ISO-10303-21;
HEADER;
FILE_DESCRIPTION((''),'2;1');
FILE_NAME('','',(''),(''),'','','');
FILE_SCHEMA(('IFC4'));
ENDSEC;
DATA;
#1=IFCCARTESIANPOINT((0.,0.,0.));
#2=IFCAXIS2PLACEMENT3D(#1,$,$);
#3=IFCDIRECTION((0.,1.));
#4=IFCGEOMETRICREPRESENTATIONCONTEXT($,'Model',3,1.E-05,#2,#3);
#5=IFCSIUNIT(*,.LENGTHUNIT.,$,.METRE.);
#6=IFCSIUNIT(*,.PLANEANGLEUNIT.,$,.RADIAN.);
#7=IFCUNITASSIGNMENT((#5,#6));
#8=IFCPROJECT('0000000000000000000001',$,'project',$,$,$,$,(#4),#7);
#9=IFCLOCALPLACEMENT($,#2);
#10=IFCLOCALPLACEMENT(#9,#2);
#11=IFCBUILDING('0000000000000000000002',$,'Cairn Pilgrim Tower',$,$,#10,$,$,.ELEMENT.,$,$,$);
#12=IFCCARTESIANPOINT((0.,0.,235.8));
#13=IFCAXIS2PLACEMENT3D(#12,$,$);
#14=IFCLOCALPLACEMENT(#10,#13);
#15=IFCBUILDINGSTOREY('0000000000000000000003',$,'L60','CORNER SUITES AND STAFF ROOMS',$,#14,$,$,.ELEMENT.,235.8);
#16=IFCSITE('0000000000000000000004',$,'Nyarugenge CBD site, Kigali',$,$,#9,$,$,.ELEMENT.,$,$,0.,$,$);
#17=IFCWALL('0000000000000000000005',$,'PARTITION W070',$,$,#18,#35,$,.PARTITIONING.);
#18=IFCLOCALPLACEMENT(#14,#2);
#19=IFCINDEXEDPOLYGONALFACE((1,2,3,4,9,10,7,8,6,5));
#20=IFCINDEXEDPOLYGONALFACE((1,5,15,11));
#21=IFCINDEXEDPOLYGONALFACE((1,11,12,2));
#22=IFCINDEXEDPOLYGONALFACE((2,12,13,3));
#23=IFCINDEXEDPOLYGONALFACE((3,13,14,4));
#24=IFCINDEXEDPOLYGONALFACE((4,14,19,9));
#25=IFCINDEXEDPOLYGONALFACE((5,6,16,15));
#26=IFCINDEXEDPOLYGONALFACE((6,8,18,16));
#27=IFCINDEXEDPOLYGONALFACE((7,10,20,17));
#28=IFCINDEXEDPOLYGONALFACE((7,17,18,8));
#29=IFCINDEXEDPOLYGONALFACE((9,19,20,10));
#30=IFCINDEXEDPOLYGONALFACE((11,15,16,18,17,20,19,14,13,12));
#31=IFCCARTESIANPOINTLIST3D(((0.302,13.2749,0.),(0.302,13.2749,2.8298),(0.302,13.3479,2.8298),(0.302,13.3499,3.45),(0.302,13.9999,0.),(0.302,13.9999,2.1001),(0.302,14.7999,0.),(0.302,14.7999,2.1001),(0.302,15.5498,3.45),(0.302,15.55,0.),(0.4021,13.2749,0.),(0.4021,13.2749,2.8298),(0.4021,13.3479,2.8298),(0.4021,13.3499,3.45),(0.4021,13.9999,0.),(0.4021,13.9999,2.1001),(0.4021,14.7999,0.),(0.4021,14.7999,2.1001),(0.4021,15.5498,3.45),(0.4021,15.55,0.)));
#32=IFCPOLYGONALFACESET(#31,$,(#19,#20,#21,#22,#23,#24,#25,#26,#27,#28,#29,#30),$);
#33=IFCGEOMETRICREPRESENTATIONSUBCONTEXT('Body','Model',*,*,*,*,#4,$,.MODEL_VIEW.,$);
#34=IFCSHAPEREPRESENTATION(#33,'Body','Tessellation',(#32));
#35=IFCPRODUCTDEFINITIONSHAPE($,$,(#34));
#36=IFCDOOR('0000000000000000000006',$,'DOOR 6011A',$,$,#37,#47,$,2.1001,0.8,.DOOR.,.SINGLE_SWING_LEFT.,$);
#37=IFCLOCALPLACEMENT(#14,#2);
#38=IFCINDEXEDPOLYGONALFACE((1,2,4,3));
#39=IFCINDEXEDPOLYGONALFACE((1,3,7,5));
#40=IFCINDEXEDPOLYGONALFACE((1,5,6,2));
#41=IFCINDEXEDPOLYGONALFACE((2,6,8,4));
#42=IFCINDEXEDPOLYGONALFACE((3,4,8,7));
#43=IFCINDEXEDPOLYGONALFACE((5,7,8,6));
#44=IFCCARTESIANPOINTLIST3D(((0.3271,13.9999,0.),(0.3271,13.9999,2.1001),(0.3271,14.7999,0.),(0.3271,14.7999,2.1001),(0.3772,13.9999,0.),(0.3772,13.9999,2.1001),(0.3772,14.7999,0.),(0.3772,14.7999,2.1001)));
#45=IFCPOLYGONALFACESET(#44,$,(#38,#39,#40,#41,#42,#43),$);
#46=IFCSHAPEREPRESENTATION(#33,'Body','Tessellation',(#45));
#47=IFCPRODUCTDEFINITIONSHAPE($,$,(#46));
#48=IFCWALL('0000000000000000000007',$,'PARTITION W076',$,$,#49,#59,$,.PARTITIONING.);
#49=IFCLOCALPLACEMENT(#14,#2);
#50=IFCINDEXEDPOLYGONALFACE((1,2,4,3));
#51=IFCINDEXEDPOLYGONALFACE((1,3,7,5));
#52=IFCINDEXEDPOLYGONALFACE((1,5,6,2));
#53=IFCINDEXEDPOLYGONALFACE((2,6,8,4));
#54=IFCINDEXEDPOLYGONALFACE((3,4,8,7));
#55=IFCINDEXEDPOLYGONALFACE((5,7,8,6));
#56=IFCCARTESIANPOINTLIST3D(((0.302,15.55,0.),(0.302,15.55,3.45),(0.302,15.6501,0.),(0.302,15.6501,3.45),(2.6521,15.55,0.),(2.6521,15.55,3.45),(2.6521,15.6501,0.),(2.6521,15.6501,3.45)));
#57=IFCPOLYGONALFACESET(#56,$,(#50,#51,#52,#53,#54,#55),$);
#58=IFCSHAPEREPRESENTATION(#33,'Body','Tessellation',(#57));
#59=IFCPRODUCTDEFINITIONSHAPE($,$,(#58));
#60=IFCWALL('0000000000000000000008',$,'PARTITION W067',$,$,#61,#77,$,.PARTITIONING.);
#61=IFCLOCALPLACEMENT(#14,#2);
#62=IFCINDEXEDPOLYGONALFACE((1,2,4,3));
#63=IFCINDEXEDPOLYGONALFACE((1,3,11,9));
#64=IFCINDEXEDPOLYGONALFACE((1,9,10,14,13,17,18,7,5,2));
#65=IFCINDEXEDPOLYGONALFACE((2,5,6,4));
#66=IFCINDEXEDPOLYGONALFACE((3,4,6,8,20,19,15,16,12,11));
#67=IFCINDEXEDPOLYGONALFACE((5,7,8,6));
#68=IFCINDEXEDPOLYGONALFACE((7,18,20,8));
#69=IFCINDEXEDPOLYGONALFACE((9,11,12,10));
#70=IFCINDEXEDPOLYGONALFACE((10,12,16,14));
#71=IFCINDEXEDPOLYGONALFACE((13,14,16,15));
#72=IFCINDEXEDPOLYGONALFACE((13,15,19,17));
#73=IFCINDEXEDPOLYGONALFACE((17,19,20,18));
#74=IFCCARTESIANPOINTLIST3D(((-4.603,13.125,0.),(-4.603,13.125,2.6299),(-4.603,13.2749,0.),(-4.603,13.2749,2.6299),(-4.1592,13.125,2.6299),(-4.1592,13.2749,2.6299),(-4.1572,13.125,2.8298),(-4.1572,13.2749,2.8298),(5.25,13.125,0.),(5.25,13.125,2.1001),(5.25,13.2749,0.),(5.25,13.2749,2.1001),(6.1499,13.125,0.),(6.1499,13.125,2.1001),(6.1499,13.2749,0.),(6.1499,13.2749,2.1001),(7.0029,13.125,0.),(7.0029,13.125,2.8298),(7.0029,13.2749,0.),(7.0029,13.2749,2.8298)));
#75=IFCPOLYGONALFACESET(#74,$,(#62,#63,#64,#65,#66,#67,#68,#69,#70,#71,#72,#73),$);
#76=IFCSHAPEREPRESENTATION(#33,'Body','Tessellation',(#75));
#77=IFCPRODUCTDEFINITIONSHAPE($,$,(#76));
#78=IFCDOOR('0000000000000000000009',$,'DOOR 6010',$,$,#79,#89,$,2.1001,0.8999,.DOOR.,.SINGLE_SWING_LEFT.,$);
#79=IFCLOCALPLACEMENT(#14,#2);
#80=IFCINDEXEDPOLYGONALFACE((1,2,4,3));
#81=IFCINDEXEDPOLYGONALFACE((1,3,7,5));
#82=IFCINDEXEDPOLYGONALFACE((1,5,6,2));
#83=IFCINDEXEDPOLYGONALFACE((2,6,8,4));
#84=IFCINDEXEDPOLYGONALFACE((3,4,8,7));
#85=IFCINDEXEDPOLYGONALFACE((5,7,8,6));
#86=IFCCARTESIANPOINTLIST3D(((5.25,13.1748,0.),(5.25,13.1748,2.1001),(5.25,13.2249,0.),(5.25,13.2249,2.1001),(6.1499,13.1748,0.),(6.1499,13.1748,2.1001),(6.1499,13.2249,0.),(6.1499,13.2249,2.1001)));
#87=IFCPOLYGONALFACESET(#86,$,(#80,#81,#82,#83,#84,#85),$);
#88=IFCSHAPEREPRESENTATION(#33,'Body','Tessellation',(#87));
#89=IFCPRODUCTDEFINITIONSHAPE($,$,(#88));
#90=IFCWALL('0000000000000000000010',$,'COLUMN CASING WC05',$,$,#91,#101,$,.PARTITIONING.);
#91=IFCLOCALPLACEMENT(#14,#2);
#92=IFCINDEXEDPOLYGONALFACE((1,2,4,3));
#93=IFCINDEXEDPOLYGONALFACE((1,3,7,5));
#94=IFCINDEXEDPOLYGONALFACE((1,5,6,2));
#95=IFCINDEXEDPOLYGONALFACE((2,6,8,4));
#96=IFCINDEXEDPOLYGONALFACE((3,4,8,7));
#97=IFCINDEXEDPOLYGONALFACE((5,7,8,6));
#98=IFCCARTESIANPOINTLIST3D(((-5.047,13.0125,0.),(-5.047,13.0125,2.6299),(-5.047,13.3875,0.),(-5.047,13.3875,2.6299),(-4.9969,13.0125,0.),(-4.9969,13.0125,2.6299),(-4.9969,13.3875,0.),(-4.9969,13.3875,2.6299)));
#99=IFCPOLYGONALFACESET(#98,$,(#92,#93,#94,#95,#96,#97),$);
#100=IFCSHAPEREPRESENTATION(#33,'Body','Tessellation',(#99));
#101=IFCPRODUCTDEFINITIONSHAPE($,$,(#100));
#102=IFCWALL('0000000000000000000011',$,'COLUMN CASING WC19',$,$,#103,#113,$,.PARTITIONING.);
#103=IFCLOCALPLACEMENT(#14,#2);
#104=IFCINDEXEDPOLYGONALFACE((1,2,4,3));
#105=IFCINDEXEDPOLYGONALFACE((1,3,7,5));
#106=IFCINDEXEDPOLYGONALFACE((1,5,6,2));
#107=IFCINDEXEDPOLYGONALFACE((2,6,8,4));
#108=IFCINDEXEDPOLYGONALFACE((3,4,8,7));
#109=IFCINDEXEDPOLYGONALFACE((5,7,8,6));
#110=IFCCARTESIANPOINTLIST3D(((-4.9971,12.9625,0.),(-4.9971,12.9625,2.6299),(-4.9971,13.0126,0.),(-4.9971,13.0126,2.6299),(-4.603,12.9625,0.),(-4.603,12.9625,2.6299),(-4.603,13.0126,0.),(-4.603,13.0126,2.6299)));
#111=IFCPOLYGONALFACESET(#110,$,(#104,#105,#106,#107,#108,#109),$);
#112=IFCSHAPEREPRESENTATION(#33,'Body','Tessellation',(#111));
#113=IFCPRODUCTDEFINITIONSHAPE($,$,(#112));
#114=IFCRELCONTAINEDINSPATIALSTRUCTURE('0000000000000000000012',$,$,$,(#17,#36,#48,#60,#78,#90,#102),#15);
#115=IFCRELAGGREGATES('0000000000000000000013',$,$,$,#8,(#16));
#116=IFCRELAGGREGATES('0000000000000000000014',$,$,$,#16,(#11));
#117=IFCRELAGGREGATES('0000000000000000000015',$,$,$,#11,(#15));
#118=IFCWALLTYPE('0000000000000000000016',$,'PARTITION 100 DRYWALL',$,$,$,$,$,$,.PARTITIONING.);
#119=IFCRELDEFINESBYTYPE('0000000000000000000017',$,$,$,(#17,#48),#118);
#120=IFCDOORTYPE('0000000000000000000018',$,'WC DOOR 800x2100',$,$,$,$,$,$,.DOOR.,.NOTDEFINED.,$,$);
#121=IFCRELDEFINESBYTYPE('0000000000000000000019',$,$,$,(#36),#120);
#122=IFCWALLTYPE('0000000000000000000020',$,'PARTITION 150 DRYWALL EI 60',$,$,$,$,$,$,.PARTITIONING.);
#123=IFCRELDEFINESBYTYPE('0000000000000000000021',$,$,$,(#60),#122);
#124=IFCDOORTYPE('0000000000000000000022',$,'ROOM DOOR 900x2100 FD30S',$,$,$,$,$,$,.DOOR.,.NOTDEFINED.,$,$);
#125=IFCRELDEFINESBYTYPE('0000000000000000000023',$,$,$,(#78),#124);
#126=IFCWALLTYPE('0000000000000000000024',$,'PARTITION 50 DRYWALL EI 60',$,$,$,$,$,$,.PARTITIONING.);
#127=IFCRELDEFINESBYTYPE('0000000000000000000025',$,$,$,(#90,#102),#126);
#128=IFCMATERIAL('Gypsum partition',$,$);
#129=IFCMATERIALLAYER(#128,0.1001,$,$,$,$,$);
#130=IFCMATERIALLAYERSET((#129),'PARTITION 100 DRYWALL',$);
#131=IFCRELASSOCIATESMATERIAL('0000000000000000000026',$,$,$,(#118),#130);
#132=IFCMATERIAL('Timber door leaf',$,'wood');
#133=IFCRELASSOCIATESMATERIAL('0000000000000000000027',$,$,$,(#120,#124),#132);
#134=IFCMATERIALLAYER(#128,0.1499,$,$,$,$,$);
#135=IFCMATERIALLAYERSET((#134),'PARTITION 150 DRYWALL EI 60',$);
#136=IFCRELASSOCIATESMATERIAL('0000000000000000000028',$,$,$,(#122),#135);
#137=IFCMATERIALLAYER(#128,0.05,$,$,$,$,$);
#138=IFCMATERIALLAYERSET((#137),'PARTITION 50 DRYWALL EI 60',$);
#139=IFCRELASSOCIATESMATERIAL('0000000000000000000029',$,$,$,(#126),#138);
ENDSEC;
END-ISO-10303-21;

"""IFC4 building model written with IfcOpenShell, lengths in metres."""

from ifc_helpers import new_model, si_unit, direction, frame, frame_2d, origin, place, context, subcontext, project, spatial, polyline, rectangle, outline, extrude, material, layer, layer_set, type_object, element, fill, save


model = new_model("IFC4")

# Units and contexts
model_context = context("Model", 3, precision=1e-05, world=origin(), true_north=direction((0.0, 1.0)))
body_context = subcontext(model_context, "Body", "Model", "MODEL_VIEW")
ifc_project = project(units=[si_unit("LENGTHUNIT", "METRE"), si_unit("PLANEANGLEUNIT", "RADIAN")], contexts=[model_context])

# Site, building, storey
site_placement = place(None, origin())
site = spatial("IfcSite", under=ifc_project, at=site_placement, Name="Nyarugenge CBD site, Kigali", CompositionType="ELEMENT", RefElevation=0.0)
building_placement = place(site_placement, origin())
building = spatial("IfcBuilding", under=site, at=building_placement, Name="Cairn Pilgrim Tower", CompositionType="ELEMENT")
storey_placement = place(building_placement, frame((0.0, 0.0, 235.8)))
storey = spatial("IfcBuildingStorey", under=building, at=storey_placement, Name="L60", Description="CORNER SUITES AND STAFF ROOMS", CompositionType="ELEMENT", Elevation=235.8)

# Wall, opening, door
ifc_material_1 = material(Name="Gypsum partition")
ifc_layer_1 = layer(ifc_material_1, 0.1001)
ifc_layer_set_1 = layer_set([ifc_layer_1], Name="PARTITION 100 DRYWALL")
wall_type_1 = type_object("IfcWallType", Name="PARTITION 100 DRYWALL", PredefinedType="PARTITIONING", material=ifc_layer_set_1)
wall_1_placement = place(storey_placement, frame((0.3521, 13.2749, 0.0), z_axis=(0.0, 0.0, 1.0), x_axis=(0.0, 1.0, 0.0)))
wall_1 = element("IfcWall", 1, at=wall_1_placement, inside=storey, type_object=wall_type_1, Name="PARTITION W070", PredefinedType="PARTITIONING", context=body_context, shape_type="SweptSolid", body=[
    extrude(outline(polyline([(0.0, 0.0), (2.2751, 0.0), (2.2749, 3.45), (0.075, 3.45), (0.073, 2.8298), (0.0, 2.8298), (0.0, 0.0)])), frame((0.0, 0.05, 0.0), z_axis=(0.0, -1.0, 0.0), x_axis=(1.0, 0.0, 0.0)), (0.0, 0.0, 1.0), 0.1001),
])
opening_1_placement = place(wall_1_placement, frame((0.7251, 0.0, 0.0)))
opening_1 = element("IfcOpeningElement", 2, at=opening_1_placement, cuts=wall_1, PredefinedType="OPENING", context=body_context, shape_type="SweptSolid", body=[
    extrude(rectangle(XDim=0.8, YDim=2.1001, at=frame_2d((0.3999, 1.05))), frame((0.0, 0.0601, 0.0), z_axis=(0.0, -1.0, 0.0), x_axis=(1.0, 0.0, 0.0)), (0.0, 0.0, 1.0), 0.1201),
])
ifc_material_2 = material(Name="Timber door leaf", Category="wood")
door_type_1 = type_object("IfcDoorType", Name="WC DOOR 800x2100", OperationType="NOTDEFINED", PredefinedType="DOOR", material=ifc_material_2)
door_1_placement = place(opening_1_placement, origin())
door_1 = element("IfcDoor", 3, at=door_1_placement, inside=storey, type_object=door_type_1, Name="DOOR 6011A", OperationType="SINGLE_SWING_LEFT", OverallHeight=2.1001, OverallWidth=0.8, PredefinedType="DOOR", context=body_context, shape_type="SweptSolid", body=[
    extrude(rectangle(XDim=0.8, YDim=2.1001, at=frame_2d((0.3999, 1.05))), frame((0.0, 0.0249, 0.0), z_axis=(0.0, -1.0, 0.0), x_axis=(1.0, 0.0, 0.0)), (0.0, 0.0, 1.0), 0.05),
])
fill(opening_1, door_1)

# Wall
wall_2_placement = place(storey_placement, frame((0.302, 15.6001, 0.0), z_axis=(0.0, 0.0, 1.0), x_axis=(1.0, 0.0, 0.0)))
element("IfcWall", 4, at=wall_2_placement, inside=storey, type_object=wall_type_1, Name="PARTITION W076", PredefinedType="PARTITIONING", context=body_context, shape_type="SweptSolid", body=[
    extrude(rectangle(XDim=2.3501, YDim=0.1001, at=frame_2d((1.175, 0.0))), origin(), (0.0, 0.0, 1.0), 3.45),
])

# Wall, opening, door
ifc_layer_2 = layer(ifc_material_1, 0.1499)
ifc_layer_set_2 = layer_set([ifc_layer_2], Name="PARTITION 150 DRYWALL EI 60")
wall_type_2 = type_object("IfcWallType", Name="PARTITION 150 DRYWALL EI 60", PredefinedType="PARTITIONING", material=ifc_layer_set_2)
wall_3_placement = place(storey_placement, frame((-4.603, 13.2, 0.0), z_axis=(0.0, 0.0, 1.0), x_axis=(1.0, 0.0, 0.0)))
wall_3 = element("IfcWall", 5, at=wall_3_placement, inside=storey, type_object=wall_type_2, Name="PARTITION W067", PredefinedType="PARTITIONING", context=body_context, shape_type="SweptSolid", body=[
    extrude(outline(polyline([(0.0, 0.0), (11.606, 0.0), (11.606, 2.8298), (0.4458, 2.8298), (0.4438, 2.6299), (0.0, 2.6299), (0.0, 0.0)])), frame((0.0, 0.075, 0.0), z_axis=(0.0, -1.0, 0.0), x_axis=(1.0, 0.0, 0.0)), (0.0, 0.0, 1.0), 0.1499),
])
opening_2_placement = place(wall_3_placement, frame((9.853, 0.0, 0.0)))
opening_2 = element("IfcOpeningElement", 6, at=opening_2_placement, cuts=wall_3, PredefinedType="OPENING", context=body_context, shape_type="SweptSolid", body=[
    extrude(rectangle(XDim=0.8999, YDim=2.1001, at=frame_2d((0.45, 1.05))), frame((0.0, 0.085, 0.0), z_axis=(0.0, -1.0, 0.0), x_axis=(1.0, 0.0, 0.0)), (0.0, 0.0, 1.0), 0.1699),
])
door_type_2 = type_object("IfcDoorType", Name="ROOM DOOR 900x2100 FD30S", OperationType="NOTDEFINED", PredefinedType="DOOR", material=ifc_material_2)
door_2_placement = place(opening_2_placement, origin())
door_2 = element("IfcDoor", 7, at=door_2_placement, inside=storey, type_object=door_type_2, Name="DOOR 6010", OperationType="SINGLE_SWING_LEFT", OverallHeight=2.1001, OverallWidth=0.8999, PredefinedType="DOOR", context=body_context, shape_type="SweptSolid", body=[
    extrude(rectangle(XDim=0.8999, YDim=2.1001, at=frame_2d((0.45, 1.05))), frame((0.0, 0.0249, 0.0), z_axis=(0.0, -1.0, 0.0), x_axis=(1.0, 0.0, 0.0)), (0.0, 0.0, 1.0), 0.05),
])
fill(opening_2, door_2)

# Walls
ifc_layer_3 = layer(ifc_material_1, 0.05)
ifc_layer_set_3 = layer_set([ifc_layer_3], Name="PARTITION 50 DRYWALL EI 60")
wall_type_3 = type_object("IfcWallType", Name="PARTITION 50 DRYWALL EI 60", PredefinedType="PARTITIONING", material=ifc_layer_set_3)
wall_4_placement = place(storey_placement, frame((-5.022, 13.0125, 0.0), z_axis=(0.0, 0.0, 1.0), x_axis=(0.0, 1.0, 0.0)))
element("IfcWall", 8, at=wall_4_placement, inside=storey, type_object=wall_type_3, Name="COLUMN CASING WC05", PredefinedType="PARTITIONING", context=body_context, shape_type="SweptSolid", body=[
    extrude(rectangle(XDim=0.375, YDim=0.05, at=frame_2d((0.1875, 0.0))), origin(), (0.0, 0.0, 1.0), 2.6299),
])
wall_5_placement = place(storey_placement, frame((-4.9971, 12.9875, 0.0), z_axis=(0.0, 0.0, 1.0), x_axis=(1.0, 0.0, 0.0)))
element("IfcWall", 9, at=wall_5_placement, inside=storey, type_object=wall_type_3, Name="COLUMN CASING WC19", PredefinedType="PARTITIONING", context=body_context, shape_type="SweptSolid", body=[
    extrude(rectangle(XDim=0.394, YDim=0.05, at=frame_2d((0.197, 0.0))), origin(), (0.0, 0.0, 1.0), 2.6299),
])

save(model, "model.ifc")
